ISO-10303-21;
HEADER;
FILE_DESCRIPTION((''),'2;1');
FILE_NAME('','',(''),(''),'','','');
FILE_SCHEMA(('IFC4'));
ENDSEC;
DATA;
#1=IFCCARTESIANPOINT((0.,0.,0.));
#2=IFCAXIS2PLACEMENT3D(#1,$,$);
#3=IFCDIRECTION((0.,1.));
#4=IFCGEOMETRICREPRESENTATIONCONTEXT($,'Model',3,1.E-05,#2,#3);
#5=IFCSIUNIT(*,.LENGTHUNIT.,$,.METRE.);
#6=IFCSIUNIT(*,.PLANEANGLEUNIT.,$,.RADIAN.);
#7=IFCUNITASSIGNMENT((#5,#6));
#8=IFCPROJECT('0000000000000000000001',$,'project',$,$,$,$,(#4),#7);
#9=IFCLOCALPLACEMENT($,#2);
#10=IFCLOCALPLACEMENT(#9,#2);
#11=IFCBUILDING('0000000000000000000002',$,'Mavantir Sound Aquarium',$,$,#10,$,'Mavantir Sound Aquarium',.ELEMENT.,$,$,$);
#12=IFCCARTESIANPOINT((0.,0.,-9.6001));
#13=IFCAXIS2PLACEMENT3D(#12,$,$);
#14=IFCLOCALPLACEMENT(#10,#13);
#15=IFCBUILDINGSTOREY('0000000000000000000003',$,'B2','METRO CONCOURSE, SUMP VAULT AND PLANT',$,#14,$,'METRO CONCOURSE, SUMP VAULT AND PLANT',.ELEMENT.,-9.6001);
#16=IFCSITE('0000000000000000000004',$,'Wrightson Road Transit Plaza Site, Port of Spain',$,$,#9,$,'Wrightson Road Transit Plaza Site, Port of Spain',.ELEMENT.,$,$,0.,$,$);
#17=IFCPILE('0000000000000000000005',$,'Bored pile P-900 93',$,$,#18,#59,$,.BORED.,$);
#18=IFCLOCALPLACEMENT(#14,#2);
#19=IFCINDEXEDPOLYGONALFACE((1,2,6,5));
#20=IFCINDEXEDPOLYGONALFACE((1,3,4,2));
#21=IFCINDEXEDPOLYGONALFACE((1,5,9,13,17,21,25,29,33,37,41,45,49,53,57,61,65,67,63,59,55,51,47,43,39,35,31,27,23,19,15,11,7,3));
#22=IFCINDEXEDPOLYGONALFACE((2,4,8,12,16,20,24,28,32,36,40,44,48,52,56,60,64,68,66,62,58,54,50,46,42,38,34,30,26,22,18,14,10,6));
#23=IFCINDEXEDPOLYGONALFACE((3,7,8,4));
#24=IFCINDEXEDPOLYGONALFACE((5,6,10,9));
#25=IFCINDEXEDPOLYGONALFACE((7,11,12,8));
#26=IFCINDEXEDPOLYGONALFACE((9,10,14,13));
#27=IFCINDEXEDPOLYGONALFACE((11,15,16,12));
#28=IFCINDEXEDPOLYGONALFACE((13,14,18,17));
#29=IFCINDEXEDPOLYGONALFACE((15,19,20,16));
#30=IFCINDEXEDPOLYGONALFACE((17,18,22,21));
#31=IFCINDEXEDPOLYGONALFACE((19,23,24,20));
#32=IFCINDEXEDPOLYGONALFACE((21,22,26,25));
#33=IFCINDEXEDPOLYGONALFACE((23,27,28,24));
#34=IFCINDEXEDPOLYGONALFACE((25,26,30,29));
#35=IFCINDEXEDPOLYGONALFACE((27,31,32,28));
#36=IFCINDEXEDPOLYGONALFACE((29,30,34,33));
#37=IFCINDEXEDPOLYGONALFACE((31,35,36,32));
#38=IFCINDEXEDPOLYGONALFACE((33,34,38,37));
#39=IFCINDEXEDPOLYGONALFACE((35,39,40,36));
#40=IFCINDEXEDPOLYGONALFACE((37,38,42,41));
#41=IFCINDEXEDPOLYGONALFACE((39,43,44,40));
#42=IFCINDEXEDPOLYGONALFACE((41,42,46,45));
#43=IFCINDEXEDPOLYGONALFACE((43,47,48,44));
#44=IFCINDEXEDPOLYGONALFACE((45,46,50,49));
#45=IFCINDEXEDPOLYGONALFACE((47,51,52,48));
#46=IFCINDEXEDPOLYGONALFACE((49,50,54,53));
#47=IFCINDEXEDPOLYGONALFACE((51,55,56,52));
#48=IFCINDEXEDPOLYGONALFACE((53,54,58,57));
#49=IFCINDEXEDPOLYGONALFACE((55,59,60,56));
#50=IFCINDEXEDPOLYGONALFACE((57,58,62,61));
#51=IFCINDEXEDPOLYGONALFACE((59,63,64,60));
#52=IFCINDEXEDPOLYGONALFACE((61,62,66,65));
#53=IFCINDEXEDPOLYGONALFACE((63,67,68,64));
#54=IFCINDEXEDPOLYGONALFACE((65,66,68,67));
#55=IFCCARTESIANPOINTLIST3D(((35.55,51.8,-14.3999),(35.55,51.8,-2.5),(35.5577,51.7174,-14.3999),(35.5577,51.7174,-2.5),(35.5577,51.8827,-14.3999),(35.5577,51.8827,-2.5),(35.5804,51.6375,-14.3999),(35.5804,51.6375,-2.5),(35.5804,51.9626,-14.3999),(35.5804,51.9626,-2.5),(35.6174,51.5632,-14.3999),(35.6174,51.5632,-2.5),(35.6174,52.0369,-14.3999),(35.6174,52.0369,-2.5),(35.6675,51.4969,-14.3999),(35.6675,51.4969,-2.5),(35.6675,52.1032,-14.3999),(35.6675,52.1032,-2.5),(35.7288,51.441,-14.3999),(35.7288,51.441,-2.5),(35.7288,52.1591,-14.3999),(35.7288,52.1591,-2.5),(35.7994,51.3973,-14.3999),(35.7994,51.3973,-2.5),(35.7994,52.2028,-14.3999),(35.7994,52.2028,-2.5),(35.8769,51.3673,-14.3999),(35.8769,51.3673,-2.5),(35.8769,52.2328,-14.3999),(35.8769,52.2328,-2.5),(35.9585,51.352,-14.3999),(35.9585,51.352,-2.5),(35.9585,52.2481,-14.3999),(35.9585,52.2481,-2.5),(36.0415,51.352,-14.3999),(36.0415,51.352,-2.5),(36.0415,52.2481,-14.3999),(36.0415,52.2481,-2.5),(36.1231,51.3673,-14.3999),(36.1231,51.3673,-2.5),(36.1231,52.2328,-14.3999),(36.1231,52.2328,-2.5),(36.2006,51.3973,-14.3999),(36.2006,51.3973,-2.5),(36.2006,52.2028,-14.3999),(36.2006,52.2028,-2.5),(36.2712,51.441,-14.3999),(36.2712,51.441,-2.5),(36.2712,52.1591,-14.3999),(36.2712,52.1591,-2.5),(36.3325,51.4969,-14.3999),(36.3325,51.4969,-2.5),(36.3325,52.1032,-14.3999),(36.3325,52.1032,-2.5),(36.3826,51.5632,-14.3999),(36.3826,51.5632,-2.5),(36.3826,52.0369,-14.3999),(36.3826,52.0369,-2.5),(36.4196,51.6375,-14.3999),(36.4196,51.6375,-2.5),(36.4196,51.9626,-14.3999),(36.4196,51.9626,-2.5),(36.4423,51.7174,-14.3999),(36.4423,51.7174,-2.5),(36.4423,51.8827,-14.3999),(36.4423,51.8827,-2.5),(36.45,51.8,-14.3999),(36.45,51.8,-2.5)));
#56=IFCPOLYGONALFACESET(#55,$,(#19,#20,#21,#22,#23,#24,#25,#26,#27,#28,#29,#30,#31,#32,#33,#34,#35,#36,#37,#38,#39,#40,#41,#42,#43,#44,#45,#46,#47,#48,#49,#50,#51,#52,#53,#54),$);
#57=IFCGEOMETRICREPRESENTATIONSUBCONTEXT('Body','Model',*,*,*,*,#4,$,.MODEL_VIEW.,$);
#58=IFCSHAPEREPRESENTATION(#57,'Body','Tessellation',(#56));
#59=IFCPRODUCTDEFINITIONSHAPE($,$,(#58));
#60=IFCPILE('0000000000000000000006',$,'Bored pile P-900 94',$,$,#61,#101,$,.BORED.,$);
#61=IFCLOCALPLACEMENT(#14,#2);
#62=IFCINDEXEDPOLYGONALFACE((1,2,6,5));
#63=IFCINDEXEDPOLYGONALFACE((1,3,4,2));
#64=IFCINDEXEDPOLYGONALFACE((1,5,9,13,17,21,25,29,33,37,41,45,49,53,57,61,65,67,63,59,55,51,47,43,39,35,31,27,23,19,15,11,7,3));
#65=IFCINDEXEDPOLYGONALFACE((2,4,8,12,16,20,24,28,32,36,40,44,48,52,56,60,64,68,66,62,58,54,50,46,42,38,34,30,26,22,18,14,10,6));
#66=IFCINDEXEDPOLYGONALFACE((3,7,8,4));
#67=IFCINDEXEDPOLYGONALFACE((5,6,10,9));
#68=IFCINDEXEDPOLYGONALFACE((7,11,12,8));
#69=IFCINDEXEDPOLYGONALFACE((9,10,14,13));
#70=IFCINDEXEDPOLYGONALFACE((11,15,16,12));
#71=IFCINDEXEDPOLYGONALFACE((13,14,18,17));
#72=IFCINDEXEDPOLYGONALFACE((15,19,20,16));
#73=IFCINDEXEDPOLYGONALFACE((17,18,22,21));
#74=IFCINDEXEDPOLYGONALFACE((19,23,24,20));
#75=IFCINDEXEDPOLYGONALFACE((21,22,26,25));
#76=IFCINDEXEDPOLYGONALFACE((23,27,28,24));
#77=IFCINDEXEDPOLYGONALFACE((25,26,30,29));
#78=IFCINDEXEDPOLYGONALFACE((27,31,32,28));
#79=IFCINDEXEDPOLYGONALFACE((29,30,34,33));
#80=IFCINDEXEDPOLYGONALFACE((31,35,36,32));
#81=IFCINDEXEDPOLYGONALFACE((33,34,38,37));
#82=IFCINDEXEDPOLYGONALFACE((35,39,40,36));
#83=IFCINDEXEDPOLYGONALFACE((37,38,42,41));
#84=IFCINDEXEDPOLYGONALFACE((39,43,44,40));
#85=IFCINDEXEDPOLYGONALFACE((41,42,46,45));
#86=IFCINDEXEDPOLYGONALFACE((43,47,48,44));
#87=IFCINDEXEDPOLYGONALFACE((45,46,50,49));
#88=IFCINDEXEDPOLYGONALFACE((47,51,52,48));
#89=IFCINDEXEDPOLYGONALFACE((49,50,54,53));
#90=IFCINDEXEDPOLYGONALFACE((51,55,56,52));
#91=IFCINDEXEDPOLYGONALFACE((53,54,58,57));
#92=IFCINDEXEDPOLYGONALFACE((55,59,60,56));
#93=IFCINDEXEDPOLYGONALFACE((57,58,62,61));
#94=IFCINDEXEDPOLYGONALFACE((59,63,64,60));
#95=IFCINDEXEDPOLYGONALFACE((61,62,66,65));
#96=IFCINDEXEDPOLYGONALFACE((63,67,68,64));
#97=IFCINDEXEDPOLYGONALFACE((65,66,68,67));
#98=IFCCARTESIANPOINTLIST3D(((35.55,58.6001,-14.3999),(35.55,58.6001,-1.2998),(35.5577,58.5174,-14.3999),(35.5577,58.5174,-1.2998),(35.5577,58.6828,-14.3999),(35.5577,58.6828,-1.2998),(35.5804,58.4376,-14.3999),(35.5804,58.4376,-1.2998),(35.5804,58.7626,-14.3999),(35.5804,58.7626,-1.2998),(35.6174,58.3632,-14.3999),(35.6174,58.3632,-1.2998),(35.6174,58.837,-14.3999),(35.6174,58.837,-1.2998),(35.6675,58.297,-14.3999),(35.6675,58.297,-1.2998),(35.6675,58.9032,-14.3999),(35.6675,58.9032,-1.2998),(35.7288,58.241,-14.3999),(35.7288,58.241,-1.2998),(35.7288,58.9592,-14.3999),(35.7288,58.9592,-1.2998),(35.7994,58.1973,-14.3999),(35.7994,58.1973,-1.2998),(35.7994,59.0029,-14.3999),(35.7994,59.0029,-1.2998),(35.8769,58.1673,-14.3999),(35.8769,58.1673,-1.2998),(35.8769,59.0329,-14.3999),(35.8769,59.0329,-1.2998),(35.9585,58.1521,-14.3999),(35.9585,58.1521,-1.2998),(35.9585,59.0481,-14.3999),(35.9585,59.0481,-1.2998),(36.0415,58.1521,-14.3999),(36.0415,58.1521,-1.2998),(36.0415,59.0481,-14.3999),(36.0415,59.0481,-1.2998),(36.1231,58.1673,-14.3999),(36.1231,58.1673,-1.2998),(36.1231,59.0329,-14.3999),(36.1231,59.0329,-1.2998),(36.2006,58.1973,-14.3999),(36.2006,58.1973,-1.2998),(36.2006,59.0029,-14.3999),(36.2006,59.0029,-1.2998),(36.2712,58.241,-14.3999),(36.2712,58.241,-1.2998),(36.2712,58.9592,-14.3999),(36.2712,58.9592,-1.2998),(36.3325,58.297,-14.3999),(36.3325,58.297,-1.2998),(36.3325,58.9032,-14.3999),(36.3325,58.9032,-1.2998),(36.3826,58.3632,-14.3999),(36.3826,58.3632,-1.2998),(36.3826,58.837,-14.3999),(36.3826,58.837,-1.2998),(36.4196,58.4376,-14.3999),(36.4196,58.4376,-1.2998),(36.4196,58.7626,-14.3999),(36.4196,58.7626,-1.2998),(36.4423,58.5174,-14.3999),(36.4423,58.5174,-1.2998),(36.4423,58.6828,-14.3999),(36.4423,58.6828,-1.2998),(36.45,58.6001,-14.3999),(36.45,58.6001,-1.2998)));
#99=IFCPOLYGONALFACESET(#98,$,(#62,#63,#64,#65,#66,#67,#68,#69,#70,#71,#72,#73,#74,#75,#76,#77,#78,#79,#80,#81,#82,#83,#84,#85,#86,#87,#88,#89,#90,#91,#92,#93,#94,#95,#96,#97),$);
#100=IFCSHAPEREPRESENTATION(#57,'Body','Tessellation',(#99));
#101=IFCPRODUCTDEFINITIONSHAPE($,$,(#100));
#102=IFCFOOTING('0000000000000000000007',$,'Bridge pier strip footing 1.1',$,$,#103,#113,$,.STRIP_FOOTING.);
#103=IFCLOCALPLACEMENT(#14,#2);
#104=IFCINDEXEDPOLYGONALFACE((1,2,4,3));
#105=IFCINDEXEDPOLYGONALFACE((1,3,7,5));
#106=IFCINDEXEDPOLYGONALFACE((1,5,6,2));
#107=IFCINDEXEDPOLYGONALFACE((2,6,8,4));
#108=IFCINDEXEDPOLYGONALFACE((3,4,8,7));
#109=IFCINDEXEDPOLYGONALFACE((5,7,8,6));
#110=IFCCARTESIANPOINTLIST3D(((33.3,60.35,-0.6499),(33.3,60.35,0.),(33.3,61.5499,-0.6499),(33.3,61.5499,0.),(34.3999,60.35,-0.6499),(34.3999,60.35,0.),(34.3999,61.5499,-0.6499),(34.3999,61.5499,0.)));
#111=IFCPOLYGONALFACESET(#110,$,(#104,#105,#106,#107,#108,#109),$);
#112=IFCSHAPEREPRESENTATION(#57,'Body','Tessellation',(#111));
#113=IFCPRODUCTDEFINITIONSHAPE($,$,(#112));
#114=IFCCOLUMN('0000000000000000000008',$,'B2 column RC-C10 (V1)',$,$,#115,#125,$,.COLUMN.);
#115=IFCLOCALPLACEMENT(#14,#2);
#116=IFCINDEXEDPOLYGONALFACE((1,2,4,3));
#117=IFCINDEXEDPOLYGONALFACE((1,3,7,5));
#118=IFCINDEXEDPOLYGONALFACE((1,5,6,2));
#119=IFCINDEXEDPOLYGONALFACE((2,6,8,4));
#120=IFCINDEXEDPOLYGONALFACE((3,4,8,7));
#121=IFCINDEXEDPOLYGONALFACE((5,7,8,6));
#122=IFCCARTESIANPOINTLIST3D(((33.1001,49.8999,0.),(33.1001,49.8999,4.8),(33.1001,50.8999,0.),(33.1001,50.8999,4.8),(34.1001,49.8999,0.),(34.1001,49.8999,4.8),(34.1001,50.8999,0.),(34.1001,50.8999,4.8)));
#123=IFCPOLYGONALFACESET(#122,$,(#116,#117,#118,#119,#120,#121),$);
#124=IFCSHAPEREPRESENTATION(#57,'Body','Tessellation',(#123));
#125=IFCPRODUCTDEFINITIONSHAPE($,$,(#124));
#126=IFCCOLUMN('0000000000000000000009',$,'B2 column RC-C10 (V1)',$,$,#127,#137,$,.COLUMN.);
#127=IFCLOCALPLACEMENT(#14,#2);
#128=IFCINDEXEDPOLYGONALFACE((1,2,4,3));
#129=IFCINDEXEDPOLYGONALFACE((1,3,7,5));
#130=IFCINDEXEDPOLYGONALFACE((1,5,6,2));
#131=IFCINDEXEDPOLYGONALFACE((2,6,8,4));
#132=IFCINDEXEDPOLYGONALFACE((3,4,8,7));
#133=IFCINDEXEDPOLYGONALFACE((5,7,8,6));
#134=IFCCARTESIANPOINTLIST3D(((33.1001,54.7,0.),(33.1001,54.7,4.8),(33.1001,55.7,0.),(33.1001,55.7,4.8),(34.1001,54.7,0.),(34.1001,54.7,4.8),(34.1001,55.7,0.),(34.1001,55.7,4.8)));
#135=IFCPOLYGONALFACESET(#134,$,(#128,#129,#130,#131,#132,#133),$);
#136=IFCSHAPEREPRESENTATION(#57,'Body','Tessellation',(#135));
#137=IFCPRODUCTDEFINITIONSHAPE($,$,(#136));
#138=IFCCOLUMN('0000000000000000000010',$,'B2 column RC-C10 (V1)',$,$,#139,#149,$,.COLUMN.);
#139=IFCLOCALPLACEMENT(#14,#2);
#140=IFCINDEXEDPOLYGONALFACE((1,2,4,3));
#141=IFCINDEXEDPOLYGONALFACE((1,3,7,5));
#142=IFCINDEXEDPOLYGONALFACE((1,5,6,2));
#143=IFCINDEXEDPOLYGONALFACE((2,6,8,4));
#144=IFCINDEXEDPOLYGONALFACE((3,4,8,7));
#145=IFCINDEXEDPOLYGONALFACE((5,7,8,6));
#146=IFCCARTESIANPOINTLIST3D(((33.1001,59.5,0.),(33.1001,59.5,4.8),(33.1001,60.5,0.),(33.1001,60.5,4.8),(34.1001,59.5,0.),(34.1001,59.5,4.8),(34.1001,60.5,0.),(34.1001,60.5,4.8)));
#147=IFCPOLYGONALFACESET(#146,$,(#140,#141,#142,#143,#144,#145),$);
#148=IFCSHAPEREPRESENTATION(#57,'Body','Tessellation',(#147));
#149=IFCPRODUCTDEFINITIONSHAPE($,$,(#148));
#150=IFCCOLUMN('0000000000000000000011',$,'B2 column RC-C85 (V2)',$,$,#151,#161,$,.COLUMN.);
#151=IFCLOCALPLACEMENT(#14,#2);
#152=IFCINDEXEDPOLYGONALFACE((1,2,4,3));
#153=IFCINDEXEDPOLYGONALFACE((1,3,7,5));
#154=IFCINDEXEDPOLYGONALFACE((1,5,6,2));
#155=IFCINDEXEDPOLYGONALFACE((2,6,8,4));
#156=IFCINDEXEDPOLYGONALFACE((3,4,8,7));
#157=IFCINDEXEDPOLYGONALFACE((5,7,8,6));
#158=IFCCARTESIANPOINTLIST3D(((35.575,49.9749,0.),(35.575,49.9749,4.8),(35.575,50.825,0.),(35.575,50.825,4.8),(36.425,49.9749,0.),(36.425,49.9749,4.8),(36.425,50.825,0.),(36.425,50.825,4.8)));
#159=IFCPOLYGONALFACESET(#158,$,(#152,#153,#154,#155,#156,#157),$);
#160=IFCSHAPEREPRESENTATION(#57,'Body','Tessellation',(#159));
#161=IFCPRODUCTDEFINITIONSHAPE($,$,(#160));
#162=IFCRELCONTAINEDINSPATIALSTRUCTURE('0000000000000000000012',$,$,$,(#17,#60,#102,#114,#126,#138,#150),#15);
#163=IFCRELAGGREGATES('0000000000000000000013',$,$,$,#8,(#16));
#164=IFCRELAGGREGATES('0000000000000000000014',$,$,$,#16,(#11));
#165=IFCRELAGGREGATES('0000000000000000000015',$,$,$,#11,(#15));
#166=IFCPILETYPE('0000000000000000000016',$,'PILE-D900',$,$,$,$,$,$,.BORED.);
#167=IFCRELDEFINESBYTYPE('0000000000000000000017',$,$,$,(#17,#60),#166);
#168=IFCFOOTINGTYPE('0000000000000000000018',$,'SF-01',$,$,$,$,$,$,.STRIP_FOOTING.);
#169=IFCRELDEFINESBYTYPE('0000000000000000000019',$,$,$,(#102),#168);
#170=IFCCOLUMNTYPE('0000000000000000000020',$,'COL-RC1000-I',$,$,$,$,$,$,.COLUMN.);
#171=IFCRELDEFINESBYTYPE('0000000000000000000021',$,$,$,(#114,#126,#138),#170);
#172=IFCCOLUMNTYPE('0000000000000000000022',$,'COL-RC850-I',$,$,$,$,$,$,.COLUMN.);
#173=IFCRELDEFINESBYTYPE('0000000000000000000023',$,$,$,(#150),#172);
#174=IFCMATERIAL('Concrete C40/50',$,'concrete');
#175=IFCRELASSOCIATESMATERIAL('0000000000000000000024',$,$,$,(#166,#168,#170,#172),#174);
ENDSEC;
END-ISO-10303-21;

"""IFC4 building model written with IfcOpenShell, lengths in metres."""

from ifc_helpers import new_model, si_unit, direction, frame, origin, origin_2d, place, context, subcontext, project, spatial, rectangle, circle, extrude, material, material_profile, profile_set, type_object, element, save


model = new_model("IFC4")

# Units and contexts
model_context = context("Model", 3, precision=1e-05, world=origin(), true_north=direction((0.0, 1.0)))
body_context = subcontext(model_context, "Body", "Model", "MODEL_VIEW")
ifc_project = project(units=[si_unit("LENGTHUNIT", "METRE"), si_unit("PLANEANGLEUNIT", "RADIAN")], contexts=[model_context])

# Site, building, storey
site_placement = place(None, origin())
site = spatial("IfcSite", under=ifc_project, at=site_placement, Name="Wrightson Road Transit Plaza Site, Port of Spain", LongName="Wrightson Road Transit Plaza Site, Port of Spain", CompositionType="ELEMENT", RefElevation=0.0)
building_placement = place(site_placement, origin())
building = spatial("IfcBuilding", under=site, at=building_placement, Name="Mavantir Sound Aquarium", LongName="Mavantir Sound Aquarium", CompositionType="ELEMENT")
storey_placement = place(building_placement, frame((0.0, 0.0, -9.6001)))
storey = spatial("IfcBuildingStorey", under=building, at=storey_placement, Name="B2", Description="METRO CONCOURSE, SUMP VAULT AND PLANT", LongName="METRO CONCOURSE, SUMP VAULT AND PLANT", CompositionType="ELEMENT", Elevation=-9.6001)

# Shared definitions
ifc_material_1 = material(Name="Concrete C40/50", Category="concrete")

# Piles
ifc_material_profile_1 = material_profile(ifc_material_1, circle(Radius=0.45, at=origin_2d()), Name="PILE D900")
ifc_profile_set_1 = profile_set([ifc_material_profile_1], Name="Concrete C40/50")
pile_type_1 = type_object("IfcPileType", Name="PILE-D900", PredefinedType="BORED", material=ifc_profile_set_1)
pile_1_placement = place(storey_placement, frame((36.0, 51.8, -2.5), z_axis=(0.0, 0.0, -1.0), x_axis=(1.0, 0.0, 0.0)))
element("IfcPile", 1, at=pile_1_placement, inside=storey, type_object=pile_type_1, Name="Bored pile P-900 93", PredefinedType="BORED", context=body_context, shape_type="SweptSolid", body=[
    extrude(circle(Radius=0.45, at=origin_2d()), origin(), (0.0, 0.0, 1.0), 11.8999),
])
pile_2_placement = place(storey_placement, frame((36.0, 58.6001, -1.2998), z_axis=(0.0, 0.0, -1.0), x_axis=(1.0, 0.0, 0.0)))
element("IfcPile", 2, at=pile_2_placement, inside=storey, type_object=pile_type_1, Name="Bored pile P-900 94", PredefinedType="BORED", context=body_context, shape_type="SweptSolid", body=[
    extrude(circle(Radius=0.45, at=origin_2d()), origin(), (0.0, 0.0, 1.0), 13.1001),
])

# Footing
ifc_material_profile_2 = material_profile(ifc_material_1, rectangle(XDim=1.2, YDim=0.6499, at=origin_2d()), Name="RC 1200X650")
ifc_profile_set_2 = profile_set([ifc_material_profile_2], Name="Concrete C40/50")
footing_type_1 = type_object("IfcFootingType", Name="SF-01", PredefinedType="STRIP_FOOTING", material=ifc_profile_set_2)
footing_placement = place(storey_placement, frame((33.3, 60.95, -0.325), z_axis=(1.0, 0.0, 0.0), x_axis=(0.0, 1.0, 0.0)))
element("IfcFooting", 3, at=footing_placement, inside=storey, type_object=footing_type_1, Name="Bridge pier strip footing 1.1", PredefinedType="STRIP_FOOTING", context=body_context, shape_type="SweptSolid", body=[
    extrude(rectangle(XDim=1.2, YDim=0.6499, at=origin_2d()), origin(), (0.0, 0.0, 1.0), 1.0999),
])

# Columns
ifc_material_profile_3 = material_profile(ifc_material_1, rectangle(XDim=1.0, YDim=1.0, at=origin_2d()), Name="RC 1000X1000")
ifc_profile_set_3 = profile_set([ifc_material_profile_3], Name="Concrete C40/50")
column_type_1 = type_object("IfcColumnType", Name="COL-RC1000-I", PredefinedType="COLUMN", material=ifc_profile_set_3)
for number, where, z_axis, x_axis, name in (
    (4, (33.6001, 50.3999, 0.0), (0.0, 0.0, 1.0), (1.0, 0.0, 0.0), "B2 column RC-C10 (V1)"),
    (5, (33.6001, 55.2, 0.0), (0.0, 0.0, 1.0), (1.0, 0.0, 0.0), "B2 column RC-C10 (V1)"),
    (6, (33.6001, 60.0, 0.0), (0.0, 0.0, 1.0), (1.0, 0.0, 0.0), "B2 column RC-C10 (V1)"),
):
    element("IfcColumn", number, at=place(storey_placement, frame(where, z_axis=z_axis, x_axis=x_axis)), inside=storey, type_object=column_type_1, Name=name, PredefinedType="COLUMN", context=body_context, shape_type="SweptSolid", body=[
        extrude(rectangle(XDim=1.0, YDim=1.0, at=origin_2d()), origin(), (0.0, 0.0, 1.0), 4.8),
    ])
ifc_material_profile_4 = material_profile(ifc_material_1, rectangle(XDim=0.8501, YDim=0.8501, at=origin_2d()), Name="RC 850X850")
ifc_profile_set_4 = profile_set([ifc_material_profile_4], Name="Concrete C40/50")
column_type_2 = type_object("IfcColumnType", Name="COL-RC850-I", PredefinedType="COLUMN", material=ifc_profile_set_4)
column_placement = place(storey_placement, frame((36.0, 50.3999, 0.0), z_axis=(0.0, 0.0, 1.0), x_axis=(1.0, 0.0, 0.0)))
element("IfcColumn", 7, at=column_placement, inside=storey, type_object=column_type_2, Name="B2 column RC-C85 (V2)", PredefinedType="COLUMN", context=body_context, shape_type="SweptSolid", body=[
    extrude(rectangle(XDim=0.8501, YDim=0.8501, at=origin_2d()), origin(), (0.0, 0.0, 1.0), 4.8),
])

save(model, "model.ifc")
